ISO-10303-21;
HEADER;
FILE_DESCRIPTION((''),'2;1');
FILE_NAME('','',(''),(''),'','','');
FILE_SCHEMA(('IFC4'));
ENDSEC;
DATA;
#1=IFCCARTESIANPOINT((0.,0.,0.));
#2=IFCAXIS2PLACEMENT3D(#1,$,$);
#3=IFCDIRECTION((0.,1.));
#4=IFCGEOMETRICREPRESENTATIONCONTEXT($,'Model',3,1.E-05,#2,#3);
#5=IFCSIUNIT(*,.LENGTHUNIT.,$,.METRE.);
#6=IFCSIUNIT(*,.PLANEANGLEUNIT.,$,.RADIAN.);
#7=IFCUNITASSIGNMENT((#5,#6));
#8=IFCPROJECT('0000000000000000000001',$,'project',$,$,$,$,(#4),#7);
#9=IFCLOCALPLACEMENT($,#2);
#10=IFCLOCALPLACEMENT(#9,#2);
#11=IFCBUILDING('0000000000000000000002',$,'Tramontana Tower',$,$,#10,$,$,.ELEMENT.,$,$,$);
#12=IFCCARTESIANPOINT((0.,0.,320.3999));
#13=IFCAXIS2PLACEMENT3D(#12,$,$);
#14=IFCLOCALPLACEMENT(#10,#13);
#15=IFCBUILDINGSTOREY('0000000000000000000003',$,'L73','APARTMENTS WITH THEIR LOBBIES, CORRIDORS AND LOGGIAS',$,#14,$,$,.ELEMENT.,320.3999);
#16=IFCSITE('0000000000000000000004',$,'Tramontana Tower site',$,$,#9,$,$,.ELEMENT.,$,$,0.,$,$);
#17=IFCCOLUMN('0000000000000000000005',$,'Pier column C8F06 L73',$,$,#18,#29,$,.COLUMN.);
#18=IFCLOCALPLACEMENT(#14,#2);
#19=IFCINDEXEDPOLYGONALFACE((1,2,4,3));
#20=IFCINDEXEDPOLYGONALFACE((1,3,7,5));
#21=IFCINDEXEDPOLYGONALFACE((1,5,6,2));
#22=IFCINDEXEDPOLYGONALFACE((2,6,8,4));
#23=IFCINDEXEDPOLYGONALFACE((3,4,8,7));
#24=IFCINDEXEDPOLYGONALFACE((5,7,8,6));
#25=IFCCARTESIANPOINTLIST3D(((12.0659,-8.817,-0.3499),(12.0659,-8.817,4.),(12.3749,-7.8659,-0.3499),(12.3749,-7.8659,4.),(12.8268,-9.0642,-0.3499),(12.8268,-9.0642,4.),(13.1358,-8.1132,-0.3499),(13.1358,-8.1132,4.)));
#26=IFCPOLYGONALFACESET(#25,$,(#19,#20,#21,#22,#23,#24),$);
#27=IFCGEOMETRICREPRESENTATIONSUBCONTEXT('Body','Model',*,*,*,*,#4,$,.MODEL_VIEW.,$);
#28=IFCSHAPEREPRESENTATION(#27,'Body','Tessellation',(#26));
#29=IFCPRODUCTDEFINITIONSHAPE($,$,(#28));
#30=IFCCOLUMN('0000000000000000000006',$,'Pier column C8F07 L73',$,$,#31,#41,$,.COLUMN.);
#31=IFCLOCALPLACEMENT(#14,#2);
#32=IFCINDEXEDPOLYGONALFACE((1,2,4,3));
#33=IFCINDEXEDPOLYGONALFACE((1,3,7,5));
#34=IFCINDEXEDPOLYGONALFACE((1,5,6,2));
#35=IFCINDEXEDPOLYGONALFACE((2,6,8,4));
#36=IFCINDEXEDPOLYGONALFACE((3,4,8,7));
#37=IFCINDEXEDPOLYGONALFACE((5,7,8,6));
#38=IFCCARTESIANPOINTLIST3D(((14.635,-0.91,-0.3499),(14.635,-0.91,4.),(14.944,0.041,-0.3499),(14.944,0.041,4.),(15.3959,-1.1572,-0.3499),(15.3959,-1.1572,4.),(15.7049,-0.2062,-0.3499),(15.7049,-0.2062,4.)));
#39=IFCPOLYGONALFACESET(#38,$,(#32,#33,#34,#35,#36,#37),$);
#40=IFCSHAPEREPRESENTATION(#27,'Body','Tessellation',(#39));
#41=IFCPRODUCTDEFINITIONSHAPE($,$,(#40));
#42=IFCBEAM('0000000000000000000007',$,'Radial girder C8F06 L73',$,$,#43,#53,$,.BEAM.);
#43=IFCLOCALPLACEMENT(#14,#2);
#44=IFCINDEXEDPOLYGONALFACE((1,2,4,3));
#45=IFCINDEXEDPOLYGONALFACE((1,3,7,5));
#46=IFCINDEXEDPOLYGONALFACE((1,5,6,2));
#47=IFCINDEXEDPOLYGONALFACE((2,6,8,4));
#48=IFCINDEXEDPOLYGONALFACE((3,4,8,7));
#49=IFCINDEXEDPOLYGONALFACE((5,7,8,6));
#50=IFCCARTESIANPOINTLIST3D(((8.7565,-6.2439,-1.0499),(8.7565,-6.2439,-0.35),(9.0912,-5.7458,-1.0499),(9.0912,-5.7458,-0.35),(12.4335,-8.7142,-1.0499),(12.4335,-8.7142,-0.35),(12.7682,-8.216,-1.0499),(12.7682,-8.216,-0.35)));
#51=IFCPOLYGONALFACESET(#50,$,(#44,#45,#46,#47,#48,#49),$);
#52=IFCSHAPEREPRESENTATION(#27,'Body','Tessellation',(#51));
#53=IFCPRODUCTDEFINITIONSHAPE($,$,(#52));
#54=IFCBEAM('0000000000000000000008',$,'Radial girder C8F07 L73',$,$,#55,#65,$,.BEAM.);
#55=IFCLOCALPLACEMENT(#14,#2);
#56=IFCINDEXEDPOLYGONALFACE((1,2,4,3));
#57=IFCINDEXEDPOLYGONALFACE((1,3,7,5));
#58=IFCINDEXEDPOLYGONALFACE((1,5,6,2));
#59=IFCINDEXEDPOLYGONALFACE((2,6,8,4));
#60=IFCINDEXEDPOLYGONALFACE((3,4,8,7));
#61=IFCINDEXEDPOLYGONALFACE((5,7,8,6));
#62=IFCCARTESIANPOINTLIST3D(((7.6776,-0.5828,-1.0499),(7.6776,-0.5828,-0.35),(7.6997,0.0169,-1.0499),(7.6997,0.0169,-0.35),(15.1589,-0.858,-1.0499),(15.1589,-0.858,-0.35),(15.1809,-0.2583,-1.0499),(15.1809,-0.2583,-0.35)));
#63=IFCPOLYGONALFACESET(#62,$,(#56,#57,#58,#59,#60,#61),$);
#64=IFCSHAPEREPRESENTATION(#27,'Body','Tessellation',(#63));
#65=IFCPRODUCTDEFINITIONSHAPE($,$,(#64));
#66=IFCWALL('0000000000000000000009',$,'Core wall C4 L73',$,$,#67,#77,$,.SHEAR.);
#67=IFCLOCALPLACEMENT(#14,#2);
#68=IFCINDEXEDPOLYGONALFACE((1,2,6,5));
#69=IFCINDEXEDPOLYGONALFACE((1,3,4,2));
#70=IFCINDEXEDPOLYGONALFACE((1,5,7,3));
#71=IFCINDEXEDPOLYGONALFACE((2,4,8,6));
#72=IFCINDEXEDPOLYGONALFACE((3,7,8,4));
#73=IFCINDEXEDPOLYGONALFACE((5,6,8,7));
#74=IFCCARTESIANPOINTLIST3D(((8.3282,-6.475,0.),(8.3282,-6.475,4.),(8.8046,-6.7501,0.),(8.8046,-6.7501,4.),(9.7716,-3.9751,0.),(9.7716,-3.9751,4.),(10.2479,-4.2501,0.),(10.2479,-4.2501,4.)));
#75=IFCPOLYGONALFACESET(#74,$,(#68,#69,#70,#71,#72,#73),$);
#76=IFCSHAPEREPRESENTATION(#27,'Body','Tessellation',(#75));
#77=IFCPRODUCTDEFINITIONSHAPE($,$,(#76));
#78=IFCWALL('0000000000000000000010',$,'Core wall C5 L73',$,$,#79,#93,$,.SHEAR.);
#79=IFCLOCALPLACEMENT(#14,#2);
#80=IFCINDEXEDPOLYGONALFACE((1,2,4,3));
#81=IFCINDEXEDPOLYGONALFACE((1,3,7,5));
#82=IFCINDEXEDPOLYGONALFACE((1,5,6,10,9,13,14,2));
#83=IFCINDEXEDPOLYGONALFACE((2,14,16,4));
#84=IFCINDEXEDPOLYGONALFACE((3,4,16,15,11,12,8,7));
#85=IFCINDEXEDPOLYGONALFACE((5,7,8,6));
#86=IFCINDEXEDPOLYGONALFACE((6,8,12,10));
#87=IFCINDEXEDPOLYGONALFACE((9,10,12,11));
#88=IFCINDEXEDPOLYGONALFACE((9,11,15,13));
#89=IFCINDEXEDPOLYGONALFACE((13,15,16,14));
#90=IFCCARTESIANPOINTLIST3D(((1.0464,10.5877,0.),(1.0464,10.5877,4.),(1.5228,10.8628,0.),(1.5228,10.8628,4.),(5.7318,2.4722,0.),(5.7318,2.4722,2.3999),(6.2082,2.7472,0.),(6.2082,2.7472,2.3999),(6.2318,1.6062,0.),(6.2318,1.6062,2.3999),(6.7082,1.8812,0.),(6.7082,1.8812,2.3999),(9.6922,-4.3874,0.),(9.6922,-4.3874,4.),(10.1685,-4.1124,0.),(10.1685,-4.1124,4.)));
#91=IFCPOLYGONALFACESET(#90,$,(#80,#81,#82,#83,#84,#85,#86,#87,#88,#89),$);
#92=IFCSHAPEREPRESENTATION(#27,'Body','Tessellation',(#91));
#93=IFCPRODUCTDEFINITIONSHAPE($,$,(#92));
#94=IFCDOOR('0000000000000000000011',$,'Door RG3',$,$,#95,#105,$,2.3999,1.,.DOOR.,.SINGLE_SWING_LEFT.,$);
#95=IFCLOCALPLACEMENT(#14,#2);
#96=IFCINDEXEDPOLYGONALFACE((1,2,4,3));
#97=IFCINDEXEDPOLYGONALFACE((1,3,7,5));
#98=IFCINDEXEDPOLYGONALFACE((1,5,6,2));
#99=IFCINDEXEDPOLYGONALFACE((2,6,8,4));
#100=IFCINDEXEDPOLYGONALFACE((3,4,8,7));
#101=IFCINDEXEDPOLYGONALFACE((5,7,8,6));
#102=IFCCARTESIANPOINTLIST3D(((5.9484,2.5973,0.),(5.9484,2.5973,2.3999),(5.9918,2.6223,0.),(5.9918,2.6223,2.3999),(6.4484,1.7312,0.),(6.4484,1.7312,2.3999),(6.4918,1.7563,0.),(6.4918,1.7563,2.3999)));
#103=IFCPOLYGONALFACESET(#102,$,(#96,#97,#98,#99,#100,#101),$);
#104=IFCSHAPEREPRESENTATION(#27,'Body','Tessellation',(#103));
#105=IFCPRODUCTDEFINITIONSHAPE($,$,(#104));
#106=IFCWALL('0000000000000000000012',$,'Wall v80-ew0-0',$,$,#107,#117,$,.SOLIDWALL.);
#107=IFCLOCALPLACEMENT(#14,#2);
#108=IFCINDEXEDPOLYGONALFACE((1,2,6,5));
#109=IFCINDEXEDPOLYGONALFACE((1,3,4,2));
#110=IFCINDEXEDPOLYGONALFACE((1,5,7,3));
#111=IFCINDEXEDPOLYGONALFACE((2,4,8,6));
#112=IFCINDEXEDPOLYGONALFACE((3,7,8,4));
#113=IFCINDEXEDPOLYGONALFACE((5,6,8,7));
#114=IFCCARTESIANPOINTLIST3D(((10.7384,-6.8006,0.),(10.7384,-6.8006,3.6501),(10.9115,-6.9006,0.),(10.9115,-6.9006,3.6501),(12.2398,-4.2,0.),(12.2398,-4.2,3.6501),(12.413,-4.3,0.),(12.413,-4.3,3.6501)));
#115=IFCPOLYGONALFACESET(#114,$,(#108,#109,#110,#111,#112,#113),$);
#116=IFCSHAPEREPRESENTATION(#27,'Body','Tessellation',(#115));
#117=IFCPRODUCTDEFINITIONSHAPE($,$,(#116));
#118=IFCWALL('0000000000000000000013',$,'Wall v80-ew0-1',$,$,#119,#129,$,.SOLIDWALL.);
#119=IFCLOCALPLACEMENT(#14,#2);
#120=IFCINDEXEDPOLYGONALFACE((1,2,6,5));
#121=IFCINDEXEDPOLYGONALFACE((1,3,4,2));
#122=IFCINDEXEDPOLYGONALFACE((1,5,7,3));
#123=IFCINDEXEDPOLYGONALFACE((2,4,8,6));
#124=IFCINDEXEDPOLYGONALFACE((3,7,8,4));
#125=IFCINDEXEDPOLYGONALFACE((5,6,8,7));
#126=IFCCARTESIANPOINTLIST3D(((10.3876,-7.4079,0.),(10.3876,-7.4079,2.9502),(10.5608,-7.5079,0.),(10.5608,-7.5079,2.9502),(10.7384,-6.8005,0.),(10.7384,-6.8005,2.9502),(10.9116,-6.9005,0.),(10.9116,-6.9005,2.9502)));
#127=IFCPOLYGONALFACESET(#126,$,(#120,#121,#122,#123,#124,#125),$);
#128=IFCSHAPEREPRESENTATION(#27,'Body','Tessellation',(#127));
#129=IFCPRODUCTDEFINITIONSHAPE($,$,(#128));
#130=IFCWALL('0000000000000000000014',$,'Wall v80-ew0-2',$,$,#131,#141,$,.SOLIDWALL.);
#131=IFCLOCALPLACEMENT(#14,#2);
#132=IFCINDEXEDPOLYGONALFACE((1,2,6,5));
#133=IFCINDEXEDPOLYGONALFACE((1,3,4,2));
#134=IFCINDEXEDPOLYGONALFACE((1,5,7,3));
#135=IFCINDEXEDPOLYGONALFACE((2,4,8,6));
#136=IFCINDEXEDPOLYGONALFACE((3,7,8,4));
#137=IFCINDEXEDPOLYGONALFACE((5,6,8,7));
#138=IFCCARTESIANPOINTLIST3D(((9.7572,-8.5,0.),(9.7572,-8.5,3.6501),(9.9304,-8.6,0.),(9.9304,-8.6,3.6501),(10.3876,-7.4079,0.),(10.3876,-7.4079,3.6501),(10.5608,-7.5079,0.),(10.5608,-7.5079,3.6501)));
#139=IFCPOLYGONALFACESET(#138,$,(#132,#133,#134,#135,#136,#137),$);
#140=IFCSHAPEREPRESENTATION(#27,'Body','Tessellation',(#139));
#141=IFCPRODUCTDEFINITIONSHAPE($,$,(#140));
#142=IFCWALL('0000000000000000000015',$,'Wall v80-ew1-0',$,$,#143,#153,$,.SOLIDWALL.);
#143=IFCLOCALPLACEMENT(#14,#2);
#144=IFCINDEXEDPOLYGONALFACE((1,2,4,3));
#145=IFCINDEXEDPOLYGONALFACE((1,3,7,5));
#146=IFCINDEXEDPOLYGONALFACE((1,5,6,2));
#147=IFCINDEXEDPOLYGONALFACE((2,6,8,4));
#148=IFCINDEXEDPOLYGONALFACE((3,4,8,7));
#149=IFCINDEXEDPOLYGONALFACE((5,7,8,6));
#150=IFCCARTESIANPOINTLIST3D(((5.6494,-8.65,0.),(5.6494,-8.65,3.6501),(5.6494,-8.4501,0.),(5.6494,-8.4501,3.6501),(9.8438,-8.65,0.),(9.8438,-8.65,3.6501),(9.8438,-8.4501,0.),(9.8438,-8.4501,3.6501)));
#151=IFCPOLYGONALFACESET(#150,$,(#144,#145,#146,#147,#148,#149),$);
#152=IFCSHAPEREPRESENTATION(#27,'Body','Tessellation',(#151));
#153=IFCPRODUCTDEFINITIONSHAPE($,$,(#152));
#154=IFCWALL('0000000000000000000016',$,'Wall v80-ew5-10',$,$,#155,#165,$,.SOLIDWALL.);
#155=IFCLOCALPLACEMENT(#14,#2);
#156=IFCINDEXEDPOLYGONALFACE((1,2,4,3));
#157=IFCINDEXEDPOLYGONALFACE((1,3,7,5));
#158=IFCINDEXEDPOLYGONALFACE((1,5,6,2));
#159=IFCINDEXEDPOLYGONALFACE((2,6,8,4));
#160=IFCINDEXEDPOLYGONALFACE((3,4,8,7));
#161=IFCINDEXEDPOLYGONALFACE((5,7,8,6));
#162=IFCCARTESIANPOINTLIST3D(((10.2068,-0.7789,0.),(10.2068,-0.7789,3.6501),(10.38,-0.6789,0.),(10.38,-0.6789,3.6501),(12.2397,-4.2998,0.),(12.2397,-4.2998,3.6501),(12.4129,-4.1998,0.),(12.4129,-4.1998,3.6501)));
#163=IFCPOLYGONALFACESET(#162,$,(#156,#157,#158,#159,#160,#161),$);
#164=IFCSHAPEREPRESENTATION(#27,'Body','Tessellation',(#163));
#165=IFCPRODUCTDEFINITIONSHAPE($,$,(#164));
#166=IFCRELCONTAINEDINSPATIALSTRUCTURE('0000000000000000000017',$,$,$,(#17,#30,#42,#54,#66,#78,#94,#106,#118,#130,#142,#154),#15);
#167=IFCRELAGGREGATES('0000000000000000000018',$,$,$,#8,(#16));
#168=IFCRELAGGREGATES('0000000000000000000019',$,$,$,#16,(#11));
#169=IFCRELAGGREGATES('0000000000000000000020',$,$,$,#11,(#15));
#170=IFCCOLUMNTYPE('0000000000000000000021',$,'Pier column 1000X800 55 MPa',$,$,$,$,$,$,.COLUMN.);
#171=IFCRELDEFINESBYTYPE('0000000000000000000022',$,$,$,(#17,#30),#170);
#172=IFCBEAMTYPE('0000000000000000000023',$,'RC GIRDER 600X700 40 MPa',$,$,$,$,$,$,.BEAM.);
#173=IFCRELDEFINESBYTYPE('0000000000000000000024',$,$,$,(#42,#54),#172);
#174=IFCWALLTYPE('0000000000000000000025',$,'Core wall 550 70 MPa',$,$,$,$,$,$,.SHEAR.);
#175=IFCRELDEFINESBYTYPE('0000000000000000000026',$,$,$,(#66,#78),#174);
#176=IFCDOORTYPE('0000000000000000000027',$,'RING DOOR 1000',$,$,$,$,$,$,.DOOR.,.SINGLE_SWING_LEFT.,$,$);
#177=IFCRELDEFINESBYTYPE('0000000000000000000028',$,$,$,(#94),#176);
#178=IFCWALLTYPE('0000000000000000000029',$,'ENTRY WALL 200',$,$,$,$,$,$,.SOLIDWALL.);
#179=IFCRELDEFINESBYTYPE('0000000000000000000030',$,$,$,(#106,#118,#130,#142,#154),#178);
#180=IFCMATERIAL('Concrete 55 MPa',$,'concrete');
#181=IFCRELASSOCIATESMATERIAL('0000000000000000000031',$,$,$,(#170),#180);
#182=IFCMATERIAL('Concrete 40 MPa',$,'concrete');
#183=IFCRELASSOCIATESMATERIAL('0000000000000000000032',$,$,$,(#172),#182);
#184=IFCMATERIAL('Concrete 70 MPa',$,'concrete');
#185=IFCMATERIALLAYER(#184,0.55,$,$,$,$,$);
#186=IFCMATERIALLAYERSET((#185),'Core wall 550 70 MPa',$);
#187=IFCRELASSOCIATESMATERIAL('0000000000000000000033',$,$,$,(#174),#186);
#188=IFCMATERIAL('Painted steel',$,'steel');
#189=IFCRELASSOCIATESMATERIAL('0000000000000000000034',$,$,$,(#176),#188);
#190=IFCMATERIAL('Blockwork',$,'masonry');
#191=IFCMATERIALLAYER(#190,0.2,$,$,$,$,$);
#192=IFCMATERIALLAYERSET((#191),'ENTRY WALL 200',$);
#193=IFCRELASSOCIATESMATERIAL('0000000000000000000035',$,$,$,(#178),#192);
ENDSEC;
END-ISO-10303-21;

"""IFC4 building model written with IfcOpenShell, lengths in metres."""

from ifc_helpers import new_model, si_unit, direction, frame, frame_2d, origin, origin_2d, place, context, subcontext, project, spatial, rectangle, extrude, material, layer, layer_set, material_profile, profile_set, type_object, element, fill, save


model = new_model("IFC4")

# Units and contexts
model_context = context("Model", 3, precision=1e-05, world=origin(), true_north=direction((0.0, 1.0)))
body_context = subcontext(model_context, "Body", "Model", "MODEL_VIEW")
ifc_project = project(units=[si_unit("LENGTHUNIT", "METRE"), si_unit("PLANEANGLEUNIT", "RADIAN")], contexts=[model_context])

# Site, building, storey
site_placement = place(None, origin())
site = spatial("IfcSite", under=ifc_project, at=site_placement, Name="Tramontana Tower site", CompositionType="ELEMENT", RefElevation=0.0)
building_placement = place(site_placement, origin())
building = spatial("IfcBuilding", under=site, at=building_placement, Name="Tramontana Tower", CompositionType="ELEMENT")
storey_placement = place(building_placement, frame((0.0, 0.0, 320.3999)))
storey = spatial("IfcBuildingStorey", under=building, at=storey_placement, Name="L73", Description="APARTMENTS WITH THEIR LOBBIES, CORRIDORS AND LOGGIAS", CompositionType="ELEMENT", Elevation=320.3999)

# Columns
ifc_material_1 = material(Name="Concrete 55 MPa", Category="concrete")
ifc_material_profile_1 = material_profile(ifc_material_1, rectangle(XDim=1.0, YDim=0.8, at=origin_2d()), Name="Pier column 1000X800 55 MPa")
ifc_profile_set_1 = profile_set([ifc_material_profile_1], Name="Concrete 55 MPa")
column_type = type_object("IfcColumnType", Name="Pier column 1000X800 55 MPa", PredefinedType="COLUMN", material=ifc_profile_set_1)
for number, where, z_axis, x_axis, name in (
    (1, (12.6008, -8.4651, -0.3499), (0.0, 0.0, 1.0), (0.309017, 0.951057, 0.0), "Pier column C8F06 L73"),
    (2, (15.1699, -0.5581, -0.3499), (0.0, 0.0, 1.0), (0.309017, 0.951057, 0.0), "Pier column C8F07 L73"),
):
    element("IfcColumn", number, at=place(storey_placement, frame(where, z_axis=z_axis, x_axis=x_axis)), inside=storey, type_object=column_type, Name=name, PredefinedType="COLUMN", context=body_context, shape_type="SweptSolid", body=[
        extrude(rectangle(XDim=1.0, YDim=0.8, at=origin_2d()), origin(), (0.0, 0.0, 1.0), 4.3499),
    ])

# Beams
ifc_material_2 = material(Name="Concrete 40 MPa", Category="concrete")
ifc_material_profile_2 = material_profile(ifc_material_2, rectangle(XDim=0.6001, YDim=0.7, at=origin_2d()), Name="RC GIRDER 600X700 40 MPa")
ifc_profile_set_2 = profile_set([ifc_material_profile_2], Name="Concrete 40 MPa")
beam_type = type_object("IfcBeamType", Name="RC GIRDER 600X700 40 MPa", PredefinedType="BEAM", material=ifc_profile_set_2)
beam_1_placement = place(storey_placement, frame((12.6008, -8.4651, -0.7), z_axis=(-0.830078, 0.557647, 0.0), x_axis=(-0.557647, -0.830078, 0.0)))
element("IfcBeam", 3, at=beam_1_placement, inside=storey, type_object=beam_type, Name="Radial girder C8F06 L73", PredefinedType="BEAM", context=body_context, shape_type="SweptSolid", body=[
    extrude(rectangle(XDim=0.6001, YDim=0.7, at=origin_2d()), origin(), (0.0, 0.0, 1.0), 4.4297),
])
beam_2_placement = place(storey_placement, frame((15.1699, -0.5581, -0.7), z_axis=(-0.999324, 0.036754, 0.0), x_axis=(-0.036754, -0.999324, 0.0)))
element("IfcBeam", 4, at=beam_2_placement, inside=storey, type_object=beam_type, Name="Radial girder C8F07 L73", PredefinedType="BEAM", context=body_context, shape_type="SweptSolid", body=[
    extrude(rectangle(XDim=0.6001, YDim=0.7, at=origin_2d()), origin(), (0.0, 0.0, 1.0), 7.4863),
])

# Wall
ifc_material_3 = material(Name="Concrete 70 MPa", Category="concrete")
ifc_layer_1 = layer(ifc_material_3, 0.55)
ifc_layer_set_1 = layer_set([ifc_layer_1], Name="Core wall 550 70 MPa")
wall_type_1 = type_object("IfcWallType", Name="Core wall 550 70 MPa", PredefinedType="SHEAR", material=ifc_layer_set_1)
wall_1_placement = place(storey_placement, frame((8.5664, -6.6125, 0.0), z_axis=(0.0, 0.0, 1.0), x_axis=(0.499996, 0.866028, 0.0)))
element("IfcWall", 5, at=wall_1_placement, inside=storey, type_object=wall_type_1, Name="Core wall C4 L73", PredefinedType="SHEAR", context=body_context, shape_type="SweptSolid", body=[
    extrude(rectangle(XDim=2.8867, YDim=0.55, at=frame_2d((1.4434, 0.0))), origin(), (0.0, 0.0, 1.0), 4.0),
])

# Wall, opening, door
wall_2_placement = place(storey_placement, frame((9.9304, -4.25, 0.0), z_axis=(0.0, 0.0, 1.0), x_axis=(-0.499995, 0.866029, 0.0)))
wall_2 = element("IfcWall", 6, at=wall_2_placement, inside=storey, type_object=wall_type_1, Name="Core wall C5 L73", PredefinedType="SHEAR", context=body_context, shape_type="SweptSolid", body=[
    extrude(rectangle(XDim=17.2917, YDim=0.55, at=frame_2d((8.646, 0.0))), origin(), (0.0, 0.0, 1.0), 4.0),
])
opening_1_placement = place(wall_2_placement, frame((6.9209, 0.0, 0.0)))
opening_1 = element("IfcOpeningElement", 7, at=opening_1_placement, cuts=wall_2, PredefinedType="OPENING", context=body_context, shape_type="SweptSolid", body=[
    extrude(rectangle(XDim=1.0, YDim=2.3999, at=frame_2d((0.5, 1.2))), frame((0.0, 0.2849, 0.0), z_axis=(0.0, -1.0, 0.0), x_axis=(1.0, 0.0, 0.0)), (0.0, 0.0, 1.0), 0.5701),
])
ifc_material_4 = material(Name="Painted steel", Category="steel")
door_type_1 = type_object("IfcDoorType", Name="RING DOOR 1000", OperationType="SINGLE_SWING_LEFT", PredefinedType="DOOR", material=ifc_material_4)
door_1_placement = place(opening_1_placement, origin())
door_1 = element("IfcDoor", 8, at=door_1_placement, inside=storey, type_object=door_type_1, Name="Door RG3", OperationType="SINGLE_SWING_LEFT", OverallHeight=2.3999, OverallWidth=1.0, PredefinedType="DOOR", context=body_context, shape_type="SweptSolid", body=[
    extrude(rectangle(XDim=1.0, YDim=2.3999, at=frame_2d((0.5, 1.2))), frame((0.0, 0.0249, 0.0), z_axis=(0.0, -1.0, 0.0), x_axis=(1.0, 0.0, 0.0)), (0.0, 0.0, 1.0), 0.05),
])
fill(opening_1, door_1)

# Walls
ifc_material_5 = material(Name="Blockwork", Category="masonry")
ifc_layer_2 = layer(ifc_material_5, 0.2)
ifc_layer_set_2 = layer_set([ifc_layer_2], Name="ENTRY WALL 200")
wall_type_2 = type_object("IfcWallType", Name="ENTRY WALL 200", PredefinedType="SOLIDWALL", material=ifc_layer_set_2)
wall_3_placement = place(storey_placement, frame((12.3264, -4.25, 0.0), z_axis=(0.0, 0.0, 1.0), x_axis=(-0.500004, -0.866023, 0.0)))
element("IfcWall", 9, at=wall_3_placement, inside=storey, type_object=wall_type_2, Name="Wall v80-ew0-0", PredefinedType="SOLIDWALL", context=body_context, shape_type="SweptSolid", body=[
    extrude(rectangle(XDim=3.0029, YDim=0.2, at=frame_2d((1.5015, 0.0))), origin(), (0.0, 0.0, 1.0), 3.6501),
])
wall_4_placement = place(storey_placement, frame((10.825, -6.8506, 0.0), z_axis=(0.0, 0.0, 1.0), x_axis=(-0.500144, -0.865942, 0.0)))
element("IfcWall", 10, at=wall_4_placement, inside=storey, type_object=wall_type_2, Name="Wall v80-ew0-1", PredefinedType="SOLIDWALL", context=body_context, shape_type="SweptSolid", body=[
    extrude(rectangle(XDim=0.7014, YDim=0.2, at=frame_2d((0.3506, 0.0))), origin(), (0.0, 0.0, 1.0), 2.9502),
])
wall_5_placement = place(storey_placement, frame((10.4741, -7.458, 0.0), z_axis=(0.0, 0.0, 1.0), x_axis=(-0.499929, -0.866066, 0.0)))
element("IfcWall", 11, at=wall_5_placement, inside=storey, type_object=wall_type_2, Name="Wall v80-ew0-2", PredefinedType="SOLIDWALL", context=body_context, shape_type="SweptSolid", body=[
    extrude(rectangle(XDim=1.261, YDim=0.2, at=frame_2d((0.6304, 0.0))), origin(), (0.0, 0.0, 1.0), 3.6501),
])
wall_6_placement = place(storey_placement, frame((9.8438, -8.55, 0.0), z_axis=(0.0, 0.0, 1.0), x_axis=(-1.0, 0.0, 0.0)))
element("IfcWall", 12, at=wall_6_placement, inside=storey, type_object=wall_type_2, Name="Wall v80-ew1-0", PredefinedType="SOLIDWALL", context=body_context, shape_type="SweptSolid", body=[
    extrude(rectangle(XDim=4.1943, YDim=0.2, at=frame_2d((2.0972, 0.0))), origin(), (0.0, 0.0, 1.0), 3.6501),
])
wall_7_placement = place(storey_placement, frame((10.2935, -0.729, 0.0), z_axis=(0.0, 0.0, 1.0), x_axis=(0.50002, -0.866014, 0.0)))
element("IfcWall", 13, at=wall_7_placement, inside=storey, type_object=wall_type_2, Name="Wall v80-ew5-10", PredefinedType="SOLIDWALL", context=body_context, shape_type="SweptSolid", body=[
    extrude(rectangle(XDim=4.0657, YDim=0.2, at=frame_2d((2.0327, 0.0))), origin(), (0.0, 0.0, 1.0), 3.6501),
])

save(model, "model.ifc")
